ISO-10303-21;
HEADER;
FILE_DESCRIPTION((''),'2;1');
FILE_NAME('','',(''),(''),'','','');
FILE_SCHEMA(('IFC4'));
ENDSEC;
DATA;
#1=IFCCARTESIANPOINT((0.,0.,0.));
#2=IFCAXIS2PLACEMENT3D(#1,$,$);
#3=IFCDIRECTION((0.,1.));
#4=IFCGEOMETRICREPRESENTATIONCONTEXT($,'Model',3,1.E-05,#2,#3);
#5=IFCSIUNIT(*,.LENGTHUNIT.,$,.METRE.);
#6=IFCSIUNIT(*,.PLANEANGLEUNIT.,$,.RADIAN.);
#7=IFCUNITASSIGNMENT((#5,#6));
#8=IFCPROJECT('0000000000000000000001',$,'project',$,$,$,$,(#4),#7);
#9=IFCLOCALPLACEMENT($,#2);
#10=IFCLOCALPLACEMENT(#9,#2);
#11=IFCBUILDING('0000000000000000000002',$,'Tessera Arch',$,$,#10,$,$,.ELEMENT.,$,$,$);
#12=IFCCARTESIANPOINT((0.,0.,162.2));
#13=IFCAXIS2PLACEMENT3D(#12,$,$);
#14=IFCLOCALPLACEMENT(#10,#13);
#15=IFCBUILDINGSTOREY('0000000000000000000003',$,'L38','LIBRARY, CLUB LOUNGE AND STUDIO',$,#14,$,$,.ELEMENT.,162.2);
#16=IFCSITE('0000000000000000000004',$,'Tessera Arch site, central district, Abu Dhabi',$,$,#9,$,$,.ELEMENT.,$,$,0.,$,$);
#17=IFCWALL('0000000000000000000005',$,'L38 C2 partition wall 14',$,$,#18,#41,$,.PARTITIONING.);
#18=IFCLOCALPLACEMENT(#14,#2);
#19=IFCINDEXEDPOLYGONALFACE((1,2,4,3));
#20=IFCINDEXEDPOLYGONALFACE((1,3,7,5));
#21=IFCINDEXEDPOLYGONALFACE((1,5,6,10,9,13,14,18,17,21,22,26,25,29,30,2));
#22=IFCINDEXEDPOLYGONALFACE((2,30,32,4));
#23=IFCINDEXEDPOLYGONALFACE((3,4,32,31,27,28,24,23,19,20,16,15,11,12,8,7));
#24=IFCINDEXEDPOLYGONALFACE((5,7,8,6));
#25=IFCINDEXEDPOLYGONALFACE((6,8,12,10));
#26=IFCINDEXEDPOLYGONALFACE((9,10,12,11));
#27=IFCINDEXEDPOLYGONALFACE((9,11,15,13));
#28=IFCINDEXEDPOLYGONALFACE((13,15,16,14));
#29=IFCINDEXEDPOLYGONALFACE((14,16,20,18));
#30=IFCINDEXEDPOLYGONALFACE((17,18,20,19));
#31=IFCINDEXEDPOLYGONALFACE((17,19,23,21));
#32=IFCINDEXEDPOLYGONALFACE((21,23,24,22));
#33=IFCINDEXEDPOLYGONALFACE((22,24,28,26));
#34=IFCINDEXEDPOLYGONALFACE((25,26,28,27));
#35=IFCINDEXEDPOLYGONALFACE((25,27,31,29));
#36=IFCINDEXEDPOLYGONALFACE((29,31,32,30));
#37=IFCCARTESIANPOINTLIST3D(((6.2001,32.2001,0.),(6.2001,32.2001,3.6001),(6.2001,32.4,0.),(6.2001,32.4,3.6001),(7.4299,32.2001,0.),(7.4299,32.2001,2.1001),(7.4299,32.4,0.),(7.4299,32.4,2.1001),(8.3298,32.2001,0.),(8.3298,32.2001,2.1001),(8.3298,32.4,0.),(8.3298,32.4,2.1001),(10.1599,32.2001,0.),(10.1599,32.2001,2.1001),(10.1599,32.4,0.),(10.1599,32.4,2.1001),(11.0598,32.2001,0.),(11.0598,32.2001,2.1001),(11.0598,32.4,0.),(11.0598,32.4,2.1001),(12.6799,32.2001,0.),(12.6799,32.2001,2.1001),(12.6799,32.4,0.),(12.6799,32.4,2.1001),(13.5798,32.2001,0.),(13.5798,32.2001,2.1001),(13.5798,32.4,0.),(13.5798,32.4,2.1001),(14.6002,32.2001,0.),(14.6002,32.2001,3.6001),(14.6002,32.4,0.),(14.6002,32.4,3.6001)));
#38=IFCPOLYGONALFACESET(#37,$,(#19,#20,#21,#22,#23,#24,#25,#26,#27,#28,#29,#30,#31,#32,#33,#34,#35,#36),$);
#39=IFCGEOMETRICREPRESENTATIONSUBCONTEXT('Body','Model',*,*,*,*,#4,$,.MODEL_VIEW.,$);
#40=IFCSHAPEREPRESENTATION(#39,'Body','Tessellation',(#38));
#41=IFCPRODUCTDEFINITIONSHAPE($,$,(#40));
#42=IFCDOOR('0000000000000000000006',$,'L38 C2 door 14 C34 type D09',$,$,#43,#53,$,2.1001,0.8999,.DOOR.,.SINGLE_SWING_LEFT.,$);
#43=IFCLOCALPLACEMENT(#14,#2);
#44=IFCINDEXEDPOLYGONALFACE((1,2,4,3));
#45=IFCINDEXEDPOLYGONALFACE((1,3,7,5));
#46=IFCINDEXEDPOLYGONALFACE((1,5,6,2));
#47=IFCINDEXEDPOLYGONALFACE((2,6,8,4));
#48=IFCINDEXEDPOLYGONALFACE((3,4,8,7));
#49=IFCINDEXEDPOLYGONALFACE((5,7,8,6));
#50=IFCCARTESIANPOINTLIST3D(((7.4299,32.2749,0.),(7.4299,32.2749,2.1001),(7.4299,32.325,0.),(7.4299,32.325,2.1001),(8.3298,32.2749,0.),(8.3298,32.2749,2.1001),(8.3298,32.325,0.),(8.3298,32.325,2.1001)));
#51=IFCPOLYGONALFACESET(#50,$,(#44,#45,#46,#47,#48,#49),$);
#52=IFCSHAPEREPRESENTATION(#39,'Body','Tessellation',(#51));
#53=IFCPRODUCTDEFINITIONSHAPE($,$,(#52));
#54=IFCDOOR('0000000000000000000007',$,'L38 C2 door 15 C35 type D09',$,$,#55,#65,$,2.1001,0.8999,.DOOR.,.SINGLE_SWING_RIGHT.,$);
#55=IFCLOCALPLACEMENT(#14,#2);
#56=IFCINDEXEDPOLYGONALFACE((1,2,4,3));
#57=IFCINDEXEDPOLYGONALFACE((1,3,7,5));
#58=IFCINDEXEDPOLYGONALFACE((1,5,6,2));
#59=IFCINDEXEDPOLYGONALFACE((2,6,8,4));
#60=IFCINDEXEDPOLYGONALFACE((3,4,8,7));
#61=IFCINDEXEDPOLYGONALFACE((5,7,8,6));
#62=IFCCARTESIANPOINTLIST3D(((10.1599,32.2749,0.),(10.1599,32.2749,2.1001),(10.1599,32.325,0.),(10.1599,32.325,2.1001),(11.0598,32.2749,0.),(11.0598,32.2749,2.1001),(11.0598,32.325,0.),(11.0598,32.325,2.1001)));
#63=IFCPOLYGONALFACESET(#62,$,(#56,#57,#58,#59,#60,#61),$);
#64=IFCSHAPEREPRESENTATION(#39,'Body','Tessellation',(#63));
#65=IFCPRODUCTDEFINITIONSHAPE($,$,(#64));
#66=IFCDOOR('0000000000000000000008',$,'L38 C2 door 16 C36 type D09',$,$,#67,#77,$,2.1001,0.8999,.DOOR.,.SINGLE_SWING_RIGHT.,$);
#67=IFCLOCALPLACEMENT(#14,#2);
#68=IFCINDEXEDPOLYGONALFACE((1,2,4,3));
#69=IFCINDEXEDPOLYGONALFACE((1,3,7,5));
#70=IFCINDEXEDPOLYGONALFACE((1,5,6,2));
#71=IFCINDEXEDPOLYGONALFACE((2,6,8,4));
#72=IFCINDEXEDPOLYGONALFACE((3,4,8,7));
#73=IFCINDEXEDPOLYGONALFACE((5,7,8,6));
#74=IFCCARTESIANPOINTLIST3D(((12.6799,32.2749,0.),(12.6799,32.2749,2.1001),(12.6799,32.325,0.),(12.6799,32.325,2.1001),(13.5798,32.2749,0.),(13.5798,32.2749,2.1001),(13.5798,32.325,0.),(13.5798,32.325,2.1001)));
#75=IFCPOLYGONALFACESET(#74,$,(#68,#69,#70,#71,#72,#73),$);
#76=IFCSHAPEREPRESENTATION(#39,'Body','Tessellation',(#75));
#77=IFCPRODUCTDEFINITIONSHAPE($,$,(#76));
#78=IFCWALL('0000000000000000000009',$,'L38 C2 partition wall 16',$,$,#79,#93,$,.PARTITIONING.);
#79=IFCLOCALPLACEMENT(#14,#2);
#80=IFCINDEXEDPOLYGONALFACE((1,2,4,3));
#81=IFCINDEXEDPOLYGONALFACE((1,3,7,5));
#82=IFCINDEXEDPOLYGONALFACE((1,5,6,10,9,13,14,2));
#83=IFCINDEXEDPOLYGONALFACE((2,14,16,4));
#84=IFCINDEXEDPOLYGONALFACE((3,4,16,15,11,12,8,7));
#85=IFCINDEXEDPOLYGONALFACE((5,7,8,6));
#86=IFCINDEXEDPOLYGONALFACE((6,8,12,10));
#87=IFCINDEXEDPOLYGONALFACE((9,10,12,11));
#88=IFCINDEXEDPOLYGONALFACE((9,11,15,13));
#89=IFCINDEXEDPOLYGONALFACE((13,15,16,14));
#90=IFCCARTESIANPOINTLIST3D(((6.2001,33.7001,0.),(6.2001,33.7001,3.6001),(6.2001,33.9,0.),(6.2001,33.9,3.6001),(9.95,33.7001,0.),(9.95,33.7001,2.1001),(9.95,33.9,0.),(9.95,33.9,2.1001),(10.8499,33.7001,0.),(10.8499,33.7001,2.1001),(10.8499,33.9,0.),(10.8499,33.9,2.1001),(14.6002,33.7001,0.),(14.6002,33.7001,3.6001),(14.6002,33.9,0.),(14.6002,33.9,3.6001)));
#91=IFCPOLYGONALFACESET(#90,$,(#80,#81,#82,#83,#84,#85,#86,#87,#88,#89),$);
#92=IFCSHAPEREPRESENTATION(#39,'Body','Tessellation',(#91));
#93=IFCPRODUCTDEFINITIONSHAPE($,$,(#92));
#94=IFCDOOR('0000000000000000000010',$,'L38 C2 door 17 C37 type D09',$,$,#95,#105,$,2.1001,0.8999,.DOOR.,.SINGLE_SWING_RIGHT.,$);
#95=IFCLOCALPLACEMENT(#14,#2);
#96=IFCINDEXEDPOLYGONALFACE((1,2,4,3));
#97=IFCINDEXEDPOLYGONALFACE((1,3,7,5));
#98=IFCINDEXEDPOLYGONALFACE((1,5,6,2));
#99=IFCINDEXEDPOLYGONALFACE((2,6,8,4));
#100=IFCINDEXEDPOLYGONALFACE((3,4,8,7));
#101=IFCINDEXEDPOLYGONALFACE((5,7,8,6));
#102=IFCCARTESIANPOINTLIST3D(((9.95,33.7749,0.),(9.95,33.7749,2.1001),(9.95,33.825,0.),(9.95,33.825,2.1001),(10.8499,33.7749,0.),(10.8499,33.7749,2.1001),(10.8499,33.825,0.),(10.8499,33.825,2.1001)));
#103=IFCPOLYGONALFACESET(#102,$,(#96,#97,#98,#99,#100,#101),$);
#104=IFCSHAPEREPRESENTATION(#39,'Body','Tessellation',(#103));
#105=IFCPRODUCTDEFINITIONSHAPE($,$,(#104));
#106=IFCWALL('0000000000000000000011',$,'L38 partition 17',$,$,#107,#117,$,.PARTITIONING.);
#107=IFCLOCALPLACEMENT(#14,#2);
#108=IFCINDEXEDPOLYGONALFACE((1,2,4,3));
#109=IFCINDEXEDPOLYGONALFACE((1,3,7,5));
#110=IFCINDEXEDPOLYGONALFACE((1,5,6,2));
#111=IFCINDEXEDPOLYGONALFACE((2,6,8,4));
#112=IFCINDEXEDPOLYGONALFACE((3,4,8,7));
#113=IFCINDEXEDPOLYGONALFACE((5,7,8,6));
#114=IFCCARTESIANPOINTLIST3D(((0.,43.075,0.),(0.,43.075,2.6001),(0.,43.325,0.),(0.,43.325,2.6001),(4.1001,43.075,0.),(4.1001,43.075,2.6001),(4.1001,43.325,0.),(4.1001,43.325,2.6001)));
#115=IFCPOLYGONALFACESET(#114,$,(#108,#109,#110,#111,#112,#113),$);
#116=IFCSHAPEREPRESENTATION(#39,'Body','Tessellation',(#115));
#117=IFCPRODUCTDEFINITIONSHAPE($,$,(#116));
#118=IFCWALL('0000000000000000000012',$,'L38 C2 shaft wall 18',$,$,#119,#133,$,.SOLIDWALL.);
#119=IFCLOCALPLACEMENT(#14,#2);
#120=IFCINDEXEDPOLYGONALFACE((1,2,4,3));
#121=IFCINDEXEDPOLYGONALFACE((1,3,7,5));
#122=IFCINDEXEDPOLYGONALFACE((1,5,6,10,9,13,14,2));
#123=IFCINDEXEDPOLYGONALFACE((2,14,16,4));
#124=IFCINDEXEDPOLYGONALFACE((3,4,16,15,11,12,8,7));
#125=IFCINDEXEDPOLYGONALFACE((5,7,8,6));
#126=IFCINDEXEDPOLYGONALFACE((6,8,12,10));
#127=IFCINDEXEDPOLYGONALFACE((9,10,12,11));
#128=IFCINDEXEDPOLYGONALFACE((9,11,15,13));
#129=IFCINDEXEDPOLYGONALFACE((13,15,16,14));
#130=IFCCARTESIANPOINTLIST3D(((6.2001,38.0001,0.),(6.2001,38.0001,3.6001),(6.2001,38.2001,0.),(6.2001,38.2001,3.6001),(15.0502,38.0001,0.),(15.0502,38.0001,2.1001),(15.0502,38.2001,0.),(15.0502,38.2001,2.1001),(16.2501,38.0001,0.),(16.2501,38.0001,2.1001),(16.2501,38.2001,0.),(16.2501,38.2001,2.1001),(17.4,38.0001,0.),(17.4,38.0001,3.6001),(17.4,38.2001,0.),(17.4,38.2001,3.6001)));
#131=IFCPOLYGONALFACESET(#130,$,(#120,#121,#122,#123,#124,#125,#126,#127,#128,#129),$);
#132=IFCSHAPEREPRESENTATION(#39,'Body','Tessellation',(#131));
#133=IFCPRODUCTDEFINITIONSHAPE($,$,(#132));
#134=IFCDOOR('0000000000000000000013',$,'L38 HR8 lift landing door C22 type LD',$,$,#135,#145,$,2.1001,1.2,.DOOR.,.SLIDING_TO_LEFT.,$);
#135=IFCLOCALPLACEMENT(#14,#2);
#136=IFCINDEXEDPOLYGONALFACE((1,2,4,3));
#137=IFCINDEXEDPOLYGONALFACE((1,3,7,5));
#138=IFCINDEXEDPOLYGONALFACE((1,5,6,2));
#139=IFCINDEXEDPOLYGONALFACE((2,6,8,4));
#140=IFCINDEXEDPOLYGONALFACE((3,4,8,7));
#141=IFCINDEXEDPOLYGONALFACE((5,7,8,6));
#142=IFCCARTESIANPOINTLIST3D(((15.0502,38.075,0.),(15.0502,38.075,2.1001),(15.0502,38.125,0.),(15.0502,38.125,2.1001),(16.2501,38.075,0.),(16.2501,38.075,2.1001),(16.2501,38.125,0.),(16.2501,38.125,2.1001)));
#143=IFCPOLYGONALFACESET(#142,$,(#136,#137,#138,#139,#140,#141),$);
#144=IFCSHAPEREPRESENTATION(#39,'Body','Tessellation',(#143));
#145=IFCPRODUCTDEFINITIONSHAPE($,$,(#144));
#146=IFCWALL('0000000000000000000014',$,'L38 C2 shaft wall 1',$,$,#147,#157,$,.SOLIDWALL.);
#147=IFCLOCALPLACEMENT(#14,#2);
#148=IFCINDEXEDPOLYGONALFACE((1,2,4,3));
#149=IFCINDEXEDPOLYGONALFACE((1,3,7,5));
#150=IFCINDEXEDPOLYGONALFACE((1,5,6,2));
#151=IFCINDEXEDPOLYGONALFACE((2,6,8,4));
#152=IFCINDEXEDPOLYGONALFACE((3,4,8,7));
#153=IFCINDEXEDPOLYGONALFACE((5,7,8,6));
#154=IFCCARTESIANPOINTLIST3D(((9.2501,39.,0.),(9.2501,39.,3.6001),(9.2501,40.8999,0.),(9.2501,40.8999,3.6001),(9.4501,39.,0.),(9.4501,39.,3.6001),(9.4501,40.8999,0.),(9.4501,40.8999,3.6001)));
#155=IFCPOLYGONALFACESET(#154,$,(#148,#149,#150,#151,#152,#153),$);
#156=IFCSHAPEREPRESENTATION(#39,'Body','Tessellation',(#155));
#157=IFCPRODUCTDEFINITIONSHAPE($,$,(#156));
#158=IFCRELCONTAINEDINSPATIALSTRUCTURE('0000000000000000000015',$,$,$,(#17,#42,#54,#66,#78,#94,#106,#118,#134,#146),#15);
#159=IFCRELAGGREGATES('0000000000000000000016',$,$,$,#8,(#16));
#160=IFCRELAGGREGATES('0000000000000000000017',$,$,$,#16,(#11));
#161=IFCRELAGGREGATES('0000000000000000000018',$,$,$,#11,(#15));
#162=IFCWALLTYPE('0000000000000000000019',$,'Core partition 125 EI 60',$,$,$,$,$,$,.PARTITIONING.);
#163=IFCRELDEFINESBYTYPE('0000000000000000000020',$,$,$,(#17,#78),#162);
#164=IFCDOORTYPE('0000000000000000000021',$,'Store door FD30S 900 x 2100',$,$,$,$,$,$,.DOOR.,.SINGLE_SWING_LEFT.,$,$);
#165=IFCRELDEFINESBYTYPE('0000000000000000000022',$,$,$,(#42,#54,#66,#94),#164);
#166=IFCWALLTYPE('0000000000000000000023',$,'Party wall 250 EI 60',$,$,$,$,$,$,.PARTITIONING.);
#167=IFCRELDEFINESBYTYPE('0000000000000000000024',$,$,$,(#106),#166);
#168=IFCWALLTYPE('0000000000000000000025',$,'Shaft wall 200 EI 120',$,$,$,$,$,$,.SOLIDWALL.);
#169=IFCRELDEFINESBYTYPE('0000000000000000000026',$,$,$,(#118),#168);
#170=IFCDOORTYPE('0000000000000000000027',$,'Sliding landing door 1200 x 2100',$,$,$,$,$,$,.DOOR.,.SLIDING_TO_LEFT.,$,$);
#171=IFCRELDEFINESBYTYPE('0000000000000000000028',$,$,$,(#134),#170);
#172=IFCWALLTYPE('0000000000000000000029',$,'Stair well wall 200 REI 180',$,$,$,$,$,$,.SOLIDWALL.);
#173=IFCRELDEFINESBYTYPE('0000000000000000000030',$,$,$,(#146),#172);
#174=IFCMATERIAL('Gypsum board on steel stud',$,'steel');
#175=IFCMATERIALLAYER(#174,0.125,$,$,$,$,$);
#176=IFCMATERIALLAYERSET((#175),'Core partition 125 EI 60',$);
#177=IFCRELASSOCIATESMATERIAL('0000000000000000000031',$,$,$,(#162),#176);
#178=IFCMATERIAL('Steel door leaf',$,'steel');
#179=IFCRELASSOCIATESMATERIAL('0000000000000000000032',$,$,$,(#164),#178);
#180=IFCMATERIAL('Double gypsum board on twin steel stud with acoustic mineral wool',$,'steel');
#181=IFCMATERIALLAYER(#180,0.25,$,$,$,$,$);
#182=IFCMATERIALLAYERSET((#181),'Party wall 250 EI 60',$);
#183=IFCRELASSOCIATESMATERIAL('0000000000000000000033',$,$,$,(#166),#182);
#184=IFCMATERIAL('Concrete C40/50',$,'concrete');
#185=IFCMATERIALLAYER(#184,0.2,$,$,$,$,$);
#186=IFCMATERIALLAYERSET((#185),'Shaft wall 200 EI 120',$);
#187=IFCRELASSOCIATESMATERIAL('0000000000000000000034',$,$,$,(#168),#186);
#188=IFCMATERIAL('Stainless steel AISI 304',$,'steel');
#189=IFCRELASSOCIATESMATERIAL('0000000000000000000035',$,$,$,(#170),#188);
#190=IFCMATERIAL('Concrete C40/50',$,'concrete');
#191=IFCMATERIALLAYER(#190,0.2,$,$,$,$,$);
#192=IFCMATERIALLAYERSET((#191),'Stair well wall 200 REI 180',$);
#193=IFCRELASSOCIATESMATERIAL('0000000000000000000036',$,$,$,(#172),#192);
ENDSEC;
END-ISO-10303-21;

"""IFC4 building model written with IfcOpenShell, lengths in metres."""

from ifc_helpers import new_model, si_unit, direction, frame, frame_2d, origin, place, context, subcontext, project, spatial, rectangle, extrude, material, layer, layer_set, type_object, element, fill, save


model = new_model("IFC4")

# Units and contexts
model_context = context("Model", 3, precision=1e-05, world=origin(), true_north=direction((0.0, 1.0)))
body_context = subcontext(model_context, "Body", "Model", "MODEL_VIEW")
ifc_project = project(units=[si_unit("LENGTHUNIT", "METRE"), si_unit("PLANEANGLEUNIT", "RADIAN")], contexts=[model_context])

# Site, building, storey
site_placement = place(None, origin())
site = spatial("IfcSite", under=ifc_project, at=site_placement, Name="Tessera Arch site, central district, Abu Dhabi", CompositionType="ELEMENT", RefElevation=0.0)
building_placement = place(site_placement, origin())
building = spatial("IfcBuilding", under=site, at=building_placement, Name="Tessera Arch", CompositionType="ELEMENT")
storey_placement = place(building_placement, frame((0.0, 0.0, 162.2)))
storey = spatial("IfcBuildingStorey", under=building, at=storey_placement, Name="L38", Description="LIBRARY, CLUB LOUNGE AND STUDIO", CompositionType="ELEMENT", Elevation=162.2)

# Wall, openings, doors
ifc_material_1 = material(Name="Gypsum board on steel stud", Category="steel")
ifc_layer_1 = layer(ifc_material_1, 0.125)
ifc_layer_set_1 = layer_set([ifc_layer_1], Name="Core partition 125 EI 60")
wall_type_1 = type_object("IfcWallType", Name="Core partition 125 EI 60", PredefinedType="PARTITIONING", material=ifc_layer_set_1)
wall_1_placement = place(storey_placement, frame((6.2, 32.3, 0.0), z_axis=(0.0, 0.0, 1.0), x_axis=(1.0, 0.0, 0.0)))
wall_1 = element("IfcWall", 1, at=wall_1_placement, inside=storey, type_object=wall_type_1, Name="L38 C2 partition wall 14", PredefinedType="PARTITIONING", context=body_context, shape_type="SweptSolid", body=[
    extrude(rectangle(XDim=8.4001, YDim=0.2, at=frame_2d((4.2002, 0.0))), origin(), (0.0, 0.0, 1.0), 3.6001),
])
opening_1_placement = place(wall_1_placement, frame((1.23, 0.0, 0.0)))
opening_1 = element("IfcOpeningElement", 2, at=opening_1_placement, cuts=wall_1, PredefinedType="OPENING", context=body_context, shape_type="SweptSolid", body=[
    extrude(rectangle(XDim=0.8999, YDim=2.1001, at=frame_2d((0.45, 1.05))), frame((0.0, 0.1099, 0.0), z_axis=(0.0, -1.0, 0.0), x_axis=(1.0, 0.0, 0.0)), (0.0, 0.0, 1.0), 0.22),
])
opening_2_placement = place(wall_1_placement, frame((3.96, 0.0, 0.0)))
opening_2 = element("IfcOpeningElement", 3, at=opening_2_placement, cuts=wall_1, PredefinedType="OPENING", context=body_context, shape_type="SweptSolid", body=[
    extrude(rectangle(XDim=0.8999, YDim=2.1001, at=frame_2d((0.45, 1.05))), frame((0.0, 0.1099, 0.0), z_axis=(0.0, -1.0, 0.0), x_axis=(1.0, 0.0, 0.0)), (0.0, 0.0, 1.0), 0.22),
])
opening_3_placement = place(wall_1_placement, frame((6.48, 0.0, 0.0)))
opening_3 = element("IfcOpeningElement", 4, at=opening_3_placement, cuts=wall_1, PredefinedType="OPENING", context=body_context, shape_type="SweptSolid", body=[
    extrude(rectangle(XDim=0.8999, YDim=2.1001, at=frame_2d((0.45, 1.05))), frame((0.0, 0.1099, 0.0), z_axis=(0.0, -1.0, 0.0), x_axis=(1.0, 0.0, 0.0)), (0.0, 0.0, 1.0), 0.22),
])
ifc_material_2 = material(Name="Steel door leaf", Category="steel")
door_type_1 = type_object("IfcDoorType", Name="Store door FD30S 900 x 2100", OperationType="SINGLE_SWING_LEFT", PredefinedType="DOOR", material=ifc_material_2)
door_1_placement = place(opening_1_placement, origin())
door_1 = element("IfcDoor", 5, at=door_1_placement, inside=storey, type_object=door_type_1, Name="L38 C2 door 14 C34 type D09", OperationType="SINGLE_SWING_LEFT", OverallHeight=2.1001, OverallWidth=0.8999, PredefinedType="DOOR", context=body_context, shape_type="SweptSolid", body=[
    extrude(rectangle(XDim=0.8999, YDim=2.1001, at=frame_2d((0.45, 1.05))), frame((0.0, 0.0249, 0.0), z_axis=(0.0, -1.0, 0.0), x_axis=(1.0, 0.0, 0.0)), (0.0, 0.0, 1.0), 0.05),
])
fill(opening_1, door_1)
door_2_placement = place(opening_2_placement, origin())
door_2 = element("IfcDoor", 6, at=door_2_placement, inside=storey, type_object=door_type_1, Name="L38 C2 door 15 C35 type D09", OperationType="SINGLE_SWING_RIGHT", OverallHeight=2.1001, OverallWidth=0.8999, PredefinedType="DOOR", context=body_context, shape_type="SweptSolid", body=[
    extrude(rectangle(XDim=0.8999, YDim=2.1001, at=frame_2d((0.45, 1.05))), frame((0.0, 0.0249, 0.0), z_axis=(0.0, -1.0, 0.0), x_axis=(1.0, 0.0, 0.0)), (0.0, 0.0, 1.0), 0.05),
])
fill(opening_2, door_2)
door_3_placement = place(opening_3_placement, origin())
door_3 = element("IfcDoor", 7, at=door_3_placement, inside=storey, type_object=door_type_1, Name="L38 C2 door 16 C36 type D09", OperationType="SINGLE_SWING_RIGHT", OverallHeight=2.1001, OverallWidth=0.8999, PredefinedType="DOOR", context=body_context, shape_type="SweptSolid", body=[
    extrude(rectangle(XDim=0.8999, YDim=2.1001, at=frame_2d((0.45, 1.05))), frame((0.0, 0.0249, 0.0), z_axis=(0.0, -1.0, 0.0), x_axis=(1.0, 0.0, 0.0)), (0.0, 0.0, 1.0), 0.05),
])
fill(opening_3, door_3)

# Wall, opening, door
wall_2_placement = place(storey_placement, frame((6.2, 33.8, 0.0), z_axis=(0.0, 0.0, 1.0), x_axis=(1.0, 0.0, 0.0)))
wall_2 = element("IfcWall", 8, at=wall_2_placement, inside=storey, type_object=wall_type_1, Name="L38 C2 partition wall 16", PredefinedType="PARTITIONING", context=body_context, shape_type="SweptSolid", body=[
    extrude(rectangle(XDim=8.4001, YDim=0.2, at=frame_2d((4.2002, 0.0))), origin(), (0.0, 0.0, 1.0), 3.6001),
])
opening_4_placement = place(wall_2_placement, frame((3.75, 0.0, 0.0)))
opening_4 = element("IfcOpeningElement", 9, at=opening_4_placement, cuts=wall_2, PredefinedType="OPENING", context=body_context, shape_type="SweptSolid", body=[
    extrude(rectangle(XDim=0.8999, YDim=2.1001, at=frame_2d((0.45, 1.05))), frame((0.0, 0.1099, 0.0), z_axis=(0.0, -1.0, 0.0), x_axis=(1.0, 0.0, 0.0)), (0.0, 0.0, 1.0), 0.22),
])
door_4_placement = place(opening_4_placement, origin())
door_4 = element("IfcDoor", 10, at=door_4_placement, inside=storey, type_object=door_type_1, Name="L38 C2 door 17 C37 type D09", OperationType="SINGLE_SWING_RIGHT", OverallHeight=2.1001, OverallWidth=0.8999, PredefinedType="DOOR", context=body_context, shape_type="SweptSolid", body=[
    extrude(rectangle(XDim=0.8999, YDim=2.1001, at=frame_2d((0.45, 1.05))), frame((0.0, 0.0249, 0.0), z_axis=(0.0, -1.0, 0.0), x_axis=(1.0, 0.0, 0.0)), (0.0, 0.0, 1.0), 0.05),
])
fill(opening_4, door_4)

# Wall
ifc_material_3 = material(Name="Double gypsum board on twin steel stud with acoustic mineral wool", Category="steel")
ifc_layer_2 = layer(ifc_material_3, 0.25)
ifc_layer_set_2 = layer_set([ifc_layer_2], Name="Party wall 250 EI 60")
wall_type_2 = type_object("IfcWallType", Name="Party wall 250 EI 60", PredefinedType="PARTITIONING", material=ifc_layer_set_2)
wall_3_placement = place(storey_placement, frame((0.0, 43.2, 0.0), z_axis=(0.0, 0.0, 1.0), x_axis=(1.0, 0.0, 0.0)))
element("IfcWall", 11, at=wall_3_placement, inside=storey, type_object=wall_type_2, Name="L38 partition 17", PredefinedType="PARTITIONING", context=body_context, shape_type="SweptSolid", body=[
    extrude(rectangle(XDim=4.1001, YDim=0.25, at=frame_2d((2.05, 0.0))), origin(), (0.0, 0.0, 1.0), 2.6001),
])

# Wall, opening, door
ifc_material_4 = material(Name="Concrete C40/50", Category="concrete")
ifc_layer_3 = layer(ifc_material_4, 0.2)
ifc_layer_set_3 = layer_set([ifc_layer_3], Name="Shaft wall 200 EI 120")
wall_type_3 = type_object("IfcWallType", Name="Shaft wall 200 EI 120", PredefinedType="SOLIDWALL", material=ifc_layer_set_3)
wall_4_placement = place(storey_placement, frame((6.2, 38.1001, 0.0), z_axis=(0.0, 0.0, 1.0), x_axis=(1.0, 0.0, 0.0)))
wall_4 = element("IfcWall", 12, at=wall_4_placement, inside=storey, type_object=wall_type_3, Name="L38 C2 shaft wall 18", PredefinedType="SOLIDWALL", context=body_context, shape_type="SweptSolid", body=[
    extrude(rectangle(XDim=11.2, YDim=0.2, at=frame_2d((5.6001, 0.0))), origin(), (0.0, 0.0, 1.0), 3.6001),
])
opening_5_placement = place(wall_4_placement, frame((8.8501, 0.0, 0.0)))
opening_5 = element("IfcOpeningElement", 13, at=opening_5_placement, cuts=wall_4, PredefinedType="OPENING", context=body_context, shape_type="SweptSolid", body=[
    extrude(rectangle(XDim=1.2, YDim=2.1001, at=frame_2d((0.6001, 1.05))), frame((0.0, 0.1099, 0.0), z_axis=(0.0, -1.0, 0.0), x_axis=(1.0, 0.0, 0.0)), (0.0, 0.0, 1.0), 0.22),
])
ifc_material_5 = material(Name="Stainless steel AISI 304", Category="steel")
door_type_2 = type_object("IfcDoorType", Name="Sliding landing door 1200 x 2100", OperationType="SLIDING_TO_LEFT", PredefinedType="DOOR", material=ifc_material_5)
door_5_placement = place(opening_5_placement, origin())
door_5 = element("IfcDoor", 14, at=door_5_placement, inside=storey, type_object=door_type_2, Name="L38 HR8 lift landing door C22 type LD", OperationType="SLIDING_TO_LEFT", OverallHeight=2.1001, OverallWidth=1.2, PredefinedType="DOOR", context=body_context, shape_type="SweptSolid", body=[
    extrude(rectangle(XDim=1.2, YDim=2.1001, at=frame_2d((0.6001, 1.05))), frame((0.0, 0.0249, 0.0), z_axis=(0.0, -1.0, 0.0), x_axis=(1.0, 0.0, 0.0)), (0.0, 0.0, 1.0), 0.05),
])
fill(opening_5, door_5)

# Wall
ifc_material_6 = material(Name="Concrete C40/50", Category="concrete")
ifc_layer_4 = layer(ifc_material_6, 0.2)
ifc_layer_set_4 = layer_set([ifc_layer_4], Name="Stair well wall 200 REI 180")
wall_type_4 = type_object("IfcWallType", Name="Stair well wall 200 REI 180", PredefinedType="SOLIDWALL", material=ifc_layer_set_4)
wall_5_placement = place(storey_placement, frame((9.3501, 39.0, 0.0), z_axis=(0.0, 0.0, 1.0), x_axis=(0.0, 1.0, 0.0)))
element("IfcWall", 15, at=wall_5_placement, inside=storey, type_object=wall_type_4, Name="L38 C2 shaft wall 1", PredefinedType="SOLIDWALL", context=body_context, shape_type="SweptSolid", body=[
    extrude(rectangle(XDim=1.8999, YDim=0.2, at=frame_2d((0.95, 0.0))), origin(), (0.0, 0.0, 1.0), 3.6001),
])

save(model, "model.ifc")
